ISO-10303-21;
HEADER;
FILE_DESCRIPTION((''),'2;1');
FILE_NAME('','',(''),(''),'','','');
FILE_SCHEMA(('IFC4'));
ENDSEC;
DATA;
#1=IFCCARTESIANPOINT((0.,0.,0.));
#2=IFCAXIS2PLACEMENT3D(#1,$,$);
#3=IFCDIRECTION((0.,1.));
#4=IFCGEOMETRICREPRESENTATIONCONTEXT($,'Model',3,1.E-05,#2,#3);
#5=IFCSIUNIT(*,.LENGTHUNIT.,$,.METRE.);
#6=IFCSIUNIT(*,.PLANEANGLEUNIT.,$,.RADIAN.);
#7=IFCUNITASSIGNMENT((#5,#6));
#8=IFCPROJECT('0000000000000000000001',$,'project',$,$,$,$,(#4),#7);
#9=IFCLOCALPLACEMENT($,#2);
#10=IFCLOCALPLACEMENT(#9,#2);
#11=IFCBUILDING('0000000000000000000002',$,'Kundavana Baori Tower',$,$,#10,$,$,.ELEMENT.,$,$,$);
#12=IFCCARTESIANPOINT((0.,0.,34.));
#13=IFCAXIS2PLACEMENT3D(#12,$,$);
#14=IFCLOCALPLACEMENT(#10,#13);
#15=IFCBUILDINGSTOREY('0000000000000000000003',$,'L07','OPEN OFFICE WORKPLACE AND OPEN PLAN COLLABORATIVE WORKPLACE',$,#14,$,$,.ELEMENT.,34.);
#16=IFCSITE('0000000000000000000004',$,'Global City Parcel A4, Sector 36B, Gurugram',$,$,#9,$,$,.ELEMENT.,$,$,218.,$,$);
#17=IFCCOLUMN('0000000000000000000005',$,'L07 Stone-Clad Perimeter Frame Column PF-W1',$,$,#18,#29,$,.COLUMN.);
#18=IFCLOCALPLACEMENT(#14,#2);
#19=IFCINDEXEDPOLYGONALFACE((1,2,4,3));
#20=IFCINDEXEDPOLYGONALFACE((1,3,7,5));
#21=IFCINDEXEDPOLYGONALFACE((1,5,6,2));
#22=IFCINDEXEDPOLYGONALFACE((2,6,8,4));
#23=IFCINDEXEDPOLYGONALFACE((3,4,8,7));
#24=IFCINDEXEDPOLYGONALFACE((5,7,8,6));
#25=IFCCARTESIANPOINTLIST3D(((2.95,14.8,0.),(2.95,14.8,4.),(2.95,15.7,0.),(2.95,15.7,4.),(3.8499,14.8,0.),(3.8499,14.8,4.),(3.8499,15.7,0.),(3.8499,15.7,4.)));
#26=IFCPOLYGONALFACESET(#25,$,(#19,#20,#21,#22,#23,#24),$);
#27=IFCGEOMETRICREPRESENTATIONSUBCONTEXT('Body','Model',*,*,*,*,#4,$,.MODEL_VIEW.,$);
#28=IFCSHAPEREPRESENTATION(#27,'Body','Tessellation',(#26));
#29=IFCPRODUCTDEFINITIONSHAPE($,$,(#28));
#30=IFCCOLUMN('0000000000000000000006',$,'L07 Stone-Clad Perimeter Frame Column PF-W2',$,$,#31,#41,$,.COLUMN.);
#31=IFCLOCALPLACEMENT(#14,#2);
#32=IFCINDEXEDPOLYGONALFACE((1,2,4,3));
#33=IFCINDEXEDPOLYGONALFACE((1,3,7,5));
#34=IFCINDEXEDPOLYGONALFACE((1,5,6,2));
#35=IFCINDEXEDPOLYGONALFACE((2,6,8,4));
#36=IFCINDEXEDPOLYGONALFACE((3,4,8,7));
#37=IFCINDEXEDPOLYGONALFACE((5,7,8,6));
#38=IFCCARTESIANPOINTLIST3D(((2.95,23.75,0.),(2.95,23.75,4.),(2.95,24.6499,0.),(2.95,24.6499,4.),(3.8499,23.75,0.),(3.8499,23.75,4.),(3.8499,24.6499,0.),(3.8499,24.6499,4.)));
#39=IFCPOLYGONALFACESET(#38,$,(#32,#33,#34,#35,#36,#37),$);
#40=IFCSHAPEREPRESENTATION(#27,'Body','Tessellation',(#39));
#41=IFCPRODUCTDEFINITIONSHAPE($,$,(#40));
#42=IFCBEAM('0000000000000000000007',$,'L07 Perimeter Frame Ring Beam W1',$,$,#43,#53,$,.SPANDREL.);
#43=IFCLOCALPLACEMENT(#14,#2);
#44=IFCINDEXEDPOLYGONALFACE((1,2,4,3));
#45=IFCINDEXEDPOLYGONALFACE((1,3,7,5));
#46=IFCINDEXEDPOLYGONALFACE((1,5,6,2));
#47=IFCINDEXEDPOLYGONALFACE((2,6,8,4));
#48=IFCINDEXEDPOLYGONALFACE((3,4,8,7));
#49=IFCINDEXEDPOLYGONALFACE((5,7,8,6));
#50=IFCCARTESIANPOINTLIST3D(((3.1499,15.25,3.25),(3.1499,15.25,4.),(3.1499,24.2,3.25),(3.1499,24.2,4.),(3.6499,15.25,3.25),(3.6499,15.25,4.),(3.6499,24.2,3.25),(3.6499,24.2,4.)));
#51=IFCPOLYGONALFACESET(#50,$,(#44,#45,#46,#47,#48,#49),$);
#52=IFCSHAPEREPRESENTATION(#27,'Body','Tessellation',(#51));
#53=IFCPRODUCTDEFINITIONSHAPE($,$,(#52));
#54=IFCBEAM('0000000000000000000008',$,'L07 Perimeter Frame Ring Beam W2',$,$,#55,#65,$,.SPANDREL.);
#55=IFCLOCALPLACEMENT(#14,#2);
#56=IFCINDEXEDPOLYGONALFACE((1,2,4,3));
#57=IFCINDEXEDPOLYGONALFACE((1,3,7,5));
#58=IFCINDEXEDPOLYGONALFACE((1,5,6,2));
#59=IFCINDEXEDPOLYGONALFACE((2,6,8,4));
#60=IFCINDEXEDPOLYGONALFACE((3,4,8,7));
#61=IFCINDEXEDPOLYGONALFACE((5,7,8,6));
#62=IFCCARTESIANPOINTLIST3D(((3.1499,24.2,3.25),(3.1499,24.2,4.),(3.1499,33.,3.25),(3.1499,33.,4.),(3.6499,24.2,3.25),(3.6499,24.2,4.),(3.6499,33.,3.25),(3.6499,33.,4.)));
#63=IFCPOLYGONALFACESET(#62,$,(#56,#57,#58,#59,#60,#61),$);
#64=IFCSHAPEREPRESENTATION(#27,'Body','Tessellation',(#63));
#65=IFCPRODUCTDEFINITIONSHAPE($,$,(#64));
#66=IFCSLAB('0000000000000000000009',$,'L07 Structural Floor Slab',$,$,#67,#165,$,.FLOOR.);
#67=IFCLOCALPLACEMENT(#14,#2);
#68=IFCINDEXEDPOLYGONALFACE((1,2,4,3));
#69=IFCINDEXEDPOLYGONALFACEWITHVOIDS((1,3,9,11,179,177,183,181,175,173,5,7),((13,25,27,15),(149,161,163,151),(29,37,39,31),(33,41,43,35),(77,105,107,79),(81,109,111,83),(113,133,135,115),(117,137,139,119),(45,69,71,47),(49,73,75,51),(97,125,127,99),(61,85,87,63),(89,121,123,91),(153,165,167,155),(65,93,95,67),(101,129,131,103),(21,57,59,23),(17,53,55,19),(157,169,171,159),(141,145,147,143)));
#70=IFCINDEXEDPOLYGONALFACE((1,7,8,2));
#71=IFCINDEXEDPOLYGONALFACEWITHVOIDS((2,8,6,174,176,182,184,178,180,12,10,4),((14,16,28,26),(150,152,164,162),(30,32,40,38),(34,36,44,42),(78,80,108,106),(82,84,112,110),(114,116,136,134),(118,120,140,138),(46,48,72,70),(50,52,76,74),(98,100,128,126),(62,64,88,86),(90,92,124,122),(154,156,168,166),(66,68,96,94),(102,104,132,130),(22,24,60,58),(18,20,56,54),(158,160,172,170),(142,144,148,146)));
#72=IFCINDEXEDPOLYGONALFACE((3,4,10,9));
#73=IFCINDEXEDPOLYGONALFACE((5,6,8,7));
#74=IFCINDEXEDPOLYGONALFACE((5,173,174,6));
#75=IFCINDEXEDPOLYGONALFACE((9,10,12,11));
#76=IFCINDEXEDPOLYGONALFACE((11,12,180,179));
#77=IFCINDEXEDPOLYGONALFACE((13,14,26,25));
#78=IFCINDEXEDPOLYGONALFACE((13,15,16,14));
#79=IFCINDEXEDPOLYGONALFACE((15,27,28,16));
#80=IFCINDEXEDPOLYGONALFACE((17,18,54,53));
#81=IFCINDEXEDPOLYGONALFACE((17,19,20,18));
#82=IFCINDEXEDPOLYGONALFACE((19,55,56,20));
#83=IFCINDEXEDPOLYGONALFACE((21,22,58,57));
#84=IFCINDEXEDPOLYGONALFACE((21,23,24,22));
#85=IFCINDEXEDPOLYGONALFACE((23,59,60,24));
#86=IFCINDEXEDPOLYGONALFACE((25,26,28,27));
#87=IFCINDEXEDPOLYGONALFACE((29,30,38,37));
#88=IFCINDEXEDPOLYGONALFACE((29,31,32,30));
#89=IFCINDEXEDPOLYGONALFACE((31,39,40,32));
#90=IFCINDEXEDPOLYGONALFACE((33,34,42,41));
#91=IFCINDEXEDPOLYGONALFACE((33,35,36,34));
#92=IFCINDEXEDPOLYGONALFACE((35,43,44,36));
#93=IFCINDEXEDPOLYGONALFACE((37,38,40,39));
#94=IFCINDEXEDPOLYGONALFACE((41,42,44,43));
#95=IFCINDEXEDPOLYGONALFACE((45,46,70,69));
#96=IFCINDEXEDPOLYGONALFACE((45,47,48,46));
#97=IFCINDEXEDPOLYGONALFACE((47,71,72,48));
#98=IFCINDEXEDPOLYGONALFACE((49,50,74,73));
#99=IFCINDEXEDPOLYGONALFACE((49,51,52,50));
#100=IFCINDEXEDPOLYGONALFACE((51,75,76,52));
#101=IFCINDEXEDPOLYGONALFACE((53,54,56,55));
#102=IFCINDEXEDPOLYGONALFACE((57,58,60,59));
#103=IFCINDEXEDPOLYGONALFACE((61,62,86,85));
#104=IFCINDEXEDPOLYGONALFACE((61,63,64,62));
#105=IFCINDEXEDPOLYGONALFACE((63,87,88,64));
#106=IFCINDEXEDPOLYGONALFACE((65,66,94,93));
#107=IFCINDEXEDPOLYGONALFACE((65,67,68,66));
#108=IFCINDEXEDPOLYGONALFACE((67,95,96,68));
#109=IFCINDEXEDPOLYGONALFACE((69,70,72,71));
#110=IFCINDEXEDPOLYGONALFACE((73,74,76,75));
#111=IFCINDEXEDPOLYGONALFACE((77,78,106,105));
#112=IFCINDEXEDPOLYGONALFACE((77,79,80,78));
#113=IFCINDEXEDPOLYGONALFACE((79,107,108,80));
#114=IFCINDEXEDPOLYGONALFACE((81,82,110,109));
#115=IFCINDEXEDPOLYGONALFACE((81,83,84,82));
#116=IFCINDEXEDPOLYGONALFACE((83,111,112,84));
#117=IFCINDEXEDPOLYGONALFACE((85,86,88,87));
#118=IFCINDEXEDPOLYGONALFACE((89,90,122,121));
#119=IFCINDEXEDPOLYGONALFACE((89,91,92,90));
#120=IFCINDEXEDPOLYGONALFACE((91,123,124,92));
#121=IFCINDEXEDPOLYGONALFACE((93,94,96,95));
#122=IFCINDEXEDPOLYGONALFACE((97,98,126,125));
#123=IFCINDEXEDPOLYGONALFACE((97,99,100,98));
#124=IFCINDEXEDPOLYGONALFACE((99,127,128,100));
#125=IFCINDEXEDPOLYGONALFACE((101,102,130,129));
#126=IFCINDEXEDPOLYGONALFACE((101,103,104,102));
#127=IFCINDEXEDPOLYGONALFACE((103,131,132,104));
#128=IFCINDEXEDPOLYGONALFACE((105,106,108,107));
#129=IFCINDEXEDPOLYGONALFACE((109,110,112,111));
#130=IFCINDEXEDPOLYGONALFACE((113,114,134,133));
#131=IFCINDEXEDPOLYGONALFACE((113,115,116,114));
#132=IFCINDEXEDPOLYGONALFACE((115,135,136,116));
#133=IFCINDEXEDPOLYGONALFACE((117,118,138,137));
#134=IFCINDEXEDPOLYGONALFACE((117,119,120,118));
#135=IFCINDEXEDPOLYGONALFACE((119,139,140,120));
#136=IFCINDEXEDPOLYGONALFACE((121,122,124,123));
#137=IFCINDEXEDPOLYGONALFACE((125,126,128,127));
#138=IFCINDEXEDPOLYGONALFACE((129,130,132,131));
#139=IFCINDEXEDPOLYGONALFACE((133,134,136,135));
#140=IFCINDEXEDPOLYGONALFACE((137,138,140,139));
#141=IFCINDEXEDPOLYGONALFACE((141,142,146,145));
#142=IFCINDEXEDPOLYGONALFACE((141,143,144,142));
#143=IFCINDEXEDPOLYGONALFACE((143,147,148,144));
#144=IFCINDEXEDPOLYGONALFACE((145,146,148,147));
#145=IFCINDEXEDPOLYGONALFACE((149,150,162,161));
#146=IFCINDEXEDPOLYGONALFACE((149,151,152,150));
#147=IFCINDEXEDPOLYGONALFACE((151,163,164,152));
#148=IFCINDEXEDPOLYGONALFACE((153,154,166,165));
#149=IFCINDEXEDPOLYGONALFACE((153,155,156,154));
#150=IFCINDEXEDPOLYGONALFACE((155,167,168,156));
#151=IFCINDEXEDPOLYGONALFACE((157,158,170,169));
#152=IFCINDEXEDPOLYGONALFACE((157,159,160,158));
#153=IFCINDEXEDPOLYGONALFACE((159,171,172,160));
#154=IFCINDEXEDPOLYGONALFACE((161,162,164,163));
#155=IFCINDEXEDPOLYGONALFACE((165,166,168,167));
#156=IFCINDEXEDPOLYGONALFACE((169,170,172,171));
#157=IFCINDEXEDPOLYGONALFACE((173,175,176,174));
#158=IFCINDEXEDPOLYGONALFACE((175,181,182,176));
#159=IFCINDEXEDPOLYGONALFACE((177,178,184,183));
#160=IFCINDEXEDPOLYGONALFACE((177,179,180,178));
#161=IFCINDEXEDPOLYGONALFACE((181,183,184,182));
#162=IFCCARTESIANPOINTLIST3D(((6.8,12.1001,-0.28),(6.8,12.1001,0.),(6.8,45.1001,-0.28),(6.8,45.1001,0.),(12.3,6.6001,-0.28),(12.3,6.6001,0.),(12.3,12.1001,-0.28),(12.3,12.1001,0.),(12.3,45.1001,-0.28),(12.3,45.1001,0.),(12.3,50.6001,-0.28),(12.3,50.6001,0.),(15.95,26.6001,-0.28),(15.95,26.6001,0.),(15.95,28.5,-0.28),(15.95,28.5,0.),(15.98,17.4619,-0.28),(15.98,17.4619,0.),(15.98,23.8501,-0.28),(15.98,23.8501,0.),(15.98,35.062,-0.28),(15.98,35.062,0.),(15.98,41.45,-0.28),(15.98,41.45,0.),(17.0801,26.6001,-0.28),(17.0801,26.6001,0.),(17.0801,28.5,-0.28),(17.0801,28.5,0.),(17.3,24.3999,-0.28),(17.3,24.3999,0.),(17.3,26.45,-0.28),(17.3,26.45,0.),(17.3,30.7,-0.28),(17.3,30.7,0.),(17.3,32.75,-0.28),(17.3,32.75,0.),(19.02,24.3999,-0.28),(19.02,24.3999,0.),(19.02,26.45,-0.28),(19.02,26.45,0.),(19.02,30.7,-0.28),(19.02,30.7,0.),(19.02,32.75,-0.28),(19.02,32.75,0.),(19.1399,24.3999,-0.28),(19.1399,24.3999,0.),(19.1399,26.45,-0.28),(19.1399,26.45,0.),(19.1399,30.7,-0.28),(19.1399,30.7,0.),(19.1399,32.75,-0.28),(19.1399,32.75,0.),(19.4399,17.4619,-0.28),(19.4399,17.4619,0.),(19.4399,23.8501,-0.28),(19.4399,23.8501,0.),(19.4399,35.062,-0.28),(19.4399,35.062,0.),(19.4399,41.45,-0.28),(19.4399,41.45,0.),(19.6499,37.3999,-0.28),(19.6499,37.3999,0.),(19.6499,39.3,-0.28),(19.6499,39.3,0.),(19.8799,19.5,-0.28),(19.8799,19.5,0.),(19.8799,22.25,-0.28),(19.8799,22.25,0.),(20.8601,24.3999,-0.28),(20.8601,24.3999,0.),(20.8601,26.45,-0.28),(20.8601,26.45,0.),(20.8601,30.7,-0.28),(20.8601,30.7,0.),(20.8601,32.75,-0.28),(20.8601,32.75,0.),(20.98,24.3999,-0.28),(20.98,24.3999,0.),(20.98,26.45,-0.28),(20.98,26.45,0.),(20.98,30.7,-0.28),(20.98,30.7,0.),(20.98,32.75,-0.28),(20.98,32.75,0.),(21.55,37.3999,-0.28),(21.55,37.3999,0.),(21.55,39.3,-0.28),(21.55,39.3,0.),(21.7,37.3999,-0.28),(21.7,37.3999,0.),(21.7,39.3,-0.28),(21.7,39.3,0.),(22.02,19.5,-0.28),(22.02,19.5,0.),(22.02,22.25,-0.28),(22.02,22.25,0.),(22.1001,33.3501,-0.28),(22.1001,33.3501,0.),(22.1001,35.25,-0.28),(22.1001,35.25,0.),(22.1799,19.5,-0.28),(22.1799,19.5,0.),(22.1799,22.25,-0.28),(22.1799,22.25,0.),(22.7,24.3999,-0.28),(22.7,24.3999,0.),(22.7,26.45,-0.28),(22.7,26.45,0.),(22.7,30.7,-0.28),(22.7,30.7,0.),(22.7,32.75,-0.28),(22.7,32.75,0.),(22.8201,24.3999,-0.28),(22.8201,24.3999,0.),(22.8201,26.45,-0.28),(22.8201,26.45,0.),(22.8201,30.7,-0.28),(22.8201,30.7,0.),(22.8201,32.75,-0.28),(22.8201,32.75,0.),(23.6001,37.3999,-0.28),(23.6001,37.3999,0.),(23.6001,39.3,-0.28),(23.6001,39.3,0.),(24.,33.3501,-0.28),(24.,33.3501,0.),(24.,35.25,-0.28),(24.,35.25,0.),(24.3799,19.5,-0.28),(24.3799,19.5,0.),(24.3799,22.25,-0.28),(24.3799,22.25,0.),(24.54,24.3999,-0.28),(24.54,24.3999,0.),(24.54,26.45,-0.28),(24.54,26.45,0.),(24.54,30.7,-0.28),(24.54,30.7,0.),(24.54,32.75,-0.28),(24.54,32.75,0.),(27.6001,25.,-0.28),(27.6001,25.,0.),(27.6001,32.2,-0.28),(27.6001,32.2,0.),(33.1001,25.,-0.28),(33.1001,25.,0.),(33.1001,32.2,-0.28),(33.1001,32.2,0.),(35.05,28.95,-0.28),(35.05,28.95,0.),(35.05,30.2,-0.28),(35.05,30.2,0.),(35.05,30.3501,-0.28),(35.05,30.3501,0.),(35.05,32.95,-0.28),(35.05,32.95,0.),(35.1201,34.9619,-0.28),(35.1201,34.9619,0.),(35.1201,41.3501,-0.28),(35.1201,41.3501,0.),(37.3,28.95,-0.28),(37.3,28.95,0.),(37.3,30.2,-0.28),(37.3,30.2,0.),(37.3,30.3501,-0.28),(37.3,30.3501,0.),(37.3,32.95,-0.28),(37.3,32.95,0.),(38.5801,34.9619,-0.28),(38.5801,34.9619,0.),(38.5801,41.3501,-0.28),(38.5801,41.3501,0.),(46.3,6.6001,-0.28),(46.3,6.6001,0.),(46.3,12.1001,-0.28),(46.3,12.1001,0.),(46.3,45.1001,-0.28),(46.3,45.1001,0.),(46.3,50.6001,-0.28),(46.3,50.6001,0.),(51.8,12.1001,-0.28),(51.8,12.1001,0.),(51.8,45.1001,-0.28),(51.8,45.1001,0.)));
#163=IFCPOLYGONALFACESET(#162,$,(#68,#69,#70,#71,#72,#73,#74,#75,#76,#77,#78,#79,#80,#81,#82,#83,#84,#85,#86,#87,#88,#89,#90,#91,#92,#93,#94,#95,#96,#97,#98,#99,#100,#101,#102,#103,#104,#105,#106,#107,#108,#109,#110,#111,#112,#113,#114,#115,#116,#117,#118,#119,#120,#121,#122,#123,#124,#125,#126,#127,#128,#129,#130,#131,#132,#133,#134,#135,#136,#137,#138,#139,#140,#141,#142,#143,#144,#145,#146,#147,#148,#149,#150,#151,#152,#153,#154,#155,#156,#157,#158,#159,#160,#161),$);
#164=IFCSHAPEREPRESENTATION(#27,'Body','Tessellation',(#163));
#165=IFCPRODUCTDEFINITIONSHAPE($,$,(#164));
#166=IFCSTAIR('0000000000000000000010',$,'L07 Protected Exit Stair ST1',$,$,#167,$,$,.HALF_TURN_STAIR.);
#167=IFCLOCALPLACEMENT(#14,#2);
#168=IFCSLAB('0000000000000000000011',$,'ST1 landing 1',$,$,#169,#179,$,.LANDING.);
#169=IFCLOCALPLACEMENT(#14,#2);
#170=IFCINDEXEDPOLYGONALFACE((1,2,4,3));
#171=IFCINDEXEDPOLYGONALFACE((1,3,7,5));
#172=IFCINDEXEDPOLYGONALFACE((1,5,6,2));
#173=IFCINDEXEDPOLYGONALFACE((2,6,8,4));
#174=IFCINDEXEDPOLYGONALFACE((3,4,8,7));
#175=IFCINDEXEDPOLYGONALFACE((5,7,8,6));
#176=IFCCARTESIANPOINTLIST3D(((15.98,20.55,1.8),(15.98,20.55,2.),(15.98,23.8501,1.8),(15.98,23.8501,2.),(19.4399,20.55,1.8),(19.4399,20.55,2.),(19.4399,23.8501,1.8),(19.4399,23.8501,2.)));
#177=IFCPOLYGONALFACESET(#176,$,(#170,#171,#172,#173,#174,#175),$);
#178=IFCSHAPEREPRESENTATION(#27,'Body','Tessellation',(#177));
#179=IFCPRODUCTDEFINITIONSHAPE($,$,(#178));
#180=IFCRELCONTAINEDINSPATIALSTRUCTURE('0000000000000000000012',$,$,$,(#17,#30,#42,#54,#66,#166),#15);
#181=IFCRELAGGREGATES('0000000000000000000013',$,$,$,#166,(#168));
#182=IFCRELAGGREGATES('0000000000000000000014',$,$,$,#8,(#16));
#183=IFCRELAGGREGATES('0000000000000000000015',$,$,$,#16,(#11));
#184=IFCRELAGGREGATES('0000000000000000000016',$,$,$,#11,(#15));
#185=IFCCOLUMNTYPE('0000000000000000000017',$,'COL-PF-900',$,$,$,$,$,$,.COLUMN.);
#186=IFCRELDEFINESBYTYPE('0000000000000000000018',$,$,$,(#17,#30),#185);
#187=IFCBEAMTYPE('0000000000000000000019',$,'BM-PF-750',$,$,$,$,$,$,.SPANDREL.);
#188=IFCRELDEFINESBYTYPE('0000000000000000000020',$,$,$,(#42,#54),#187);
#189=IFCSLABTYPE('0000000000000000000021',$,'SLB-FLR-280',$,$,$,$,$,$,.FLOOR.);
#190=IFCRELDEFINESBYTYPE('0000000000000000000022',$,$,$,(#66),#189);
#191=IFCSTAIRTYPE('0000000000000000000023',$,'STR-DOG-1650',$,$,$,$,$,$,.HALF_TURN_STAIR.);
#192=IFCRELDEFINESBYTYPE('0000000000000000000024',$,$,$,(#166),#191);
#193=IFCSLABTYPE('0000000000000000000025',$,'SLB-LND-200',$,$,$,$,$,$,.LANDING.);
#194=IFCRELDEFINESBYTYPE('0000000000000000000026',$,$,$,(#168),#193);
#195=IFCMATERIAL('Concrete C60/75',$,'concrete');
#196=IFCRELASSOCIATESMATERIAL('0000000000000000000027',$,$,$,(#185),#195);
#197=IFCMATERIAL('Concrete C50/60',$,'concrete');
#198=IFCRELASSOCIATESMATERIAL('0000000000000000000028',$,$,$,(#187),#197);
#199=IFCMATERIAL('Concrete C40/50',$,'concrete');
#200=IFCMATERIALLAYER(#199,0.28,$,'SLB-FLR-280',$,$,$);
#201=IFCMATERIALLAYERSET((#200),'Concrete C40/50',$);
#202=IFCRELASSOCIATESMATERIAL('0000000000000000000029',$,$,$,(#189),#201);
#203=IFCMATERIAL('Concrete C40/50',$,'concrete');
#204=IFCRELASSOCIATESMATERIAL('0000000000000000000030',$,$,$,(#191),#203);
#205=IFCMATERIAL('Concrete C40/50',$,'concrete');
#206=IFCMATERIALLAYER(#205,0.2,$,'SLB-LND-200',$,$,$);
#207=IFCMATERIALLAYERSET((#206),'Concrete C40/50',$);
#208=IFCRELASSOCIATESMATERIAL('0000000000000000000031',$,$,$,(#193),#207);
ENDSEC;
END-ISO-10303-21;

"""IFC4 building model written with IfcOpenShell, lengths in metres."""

from ifc_helpers import new_model, si_unit, direction, frame, origin, origin_2d, place, context, subcontext, project, spatial, polyline, rectangle, outline, extrude, material, layer, layer_set, material_profile, profile_set, type_object, element, aggregate, save


model = new_model("IFC4")

# Units and contexts
model_context = context("Model", 3, precision=1e-05, world=origin(), true_north=direction((0.0, 1.0)))
body_context = subcontext(model_context, "Body", "Model", "MODEL_VIEW")
ifc_project = project(units=[si_unit("LENGTHUNIT", "METRE"), si_unit("PLANEANGLEUNIT", "RADIAN")], contexts=[model_context])

# Site, building, storey
site_placement = place(None, origin())
site = spatial("IfcSite", under=ifc_project, at=site_placement, Name="Global City Parcel A4, Sector 36B, Gurugram", CompositionType="ELEMENT", RefElevation=218.0)
building_placement = place(site_placement, origin())
building = spatial("IfcBuilding", under=site, at=building_placement, Name="Kundavana Baori Tower", CompositionType="ELEMENT")
storey_placement = place(building_placement, frame((0.0, 0.0, 34.0)))
storey = spatial("IfcBuildingStorey", under=building, at=storey_placement, Name="L07", Description="OPEN OFFICE WORKPLACE AND OPEN PLAN COLLABORATIVE WORKPLACE", CompositionType="ELEMENT", Elevation=34.0)

# Columns
ifc_material_1 = material(Name="Concrete C60/75", Category="concrete")
ifc_material_profile_1 = material_profile(ifc_material_1, rectangle(XDim=0.8999, YDim=0.8999, at=origin_2d()), Name="RC PF 900x900")
ifc_profile_set_1 = profile_set([ifc_material_profile_1], Name="Concrete C60/75")
column_type = type_object("IfcColumnType", Name="COL-PF-900", PredefinedType="COLUMN", material=ifc_profile_set_1)
for number, where, z_axis, x_axis, name in (
    (1, (3.3999, 15.25, 0.0), (0.0, 0.0, 1.0), (1.0, 0.0, 0.0), "L07 Stone-Clad Perimeter Frame Column PF-W1"),
    (2, (3.3999, 24.2, 0.0), (0.0, 0.0, 1.0), (1.0, 0.0, 0.0), "L07 Stone-Clad Perimeter Frame Column PF-W2"),
):
    element("IfcColumn", number, at=place(storey_placement, frame(where, z_axis=z_axis, x_axis=x_axis)), inside=storey, type_object=column_type, Name=name, PredefinedType="COLUMN", context=body_context, shape_type="SweptSolid", body=[
        extrude(rectangle(XDim=0.8999, YDim=0.8999, at=origin_2d()), origin(), (0.0, 0.0, 1.0), 4.0),
    ])

# Beams
ifc_material_2 = material(Name="Concrete C50/60", Category="concrete")
ifc_material_profile_2 = material_profile(ifc_material_2, rectangle(XDim=0.5, YDim=0.75, at=origin_2d()), Name="RC BM 500x750")
ifc_profile_set_2 = profile_set([ifc_material_profile_2], Name="Concrete C50/60")
beam_type = type_object("IfcBeamType", Name="BM-PF-750", PredefinedType="SPANDREL", material=ifc_profile_set_2)
beam_1_placement = place(storey_placement, frame((3.3999, 15.25, 3.625), z_axis=(0.0, 1.0, 0.0), x_axis=(-1.0, 0.0, 0.0)))
element("IfcBeam", 3, at=beam_1_placement, inside=storey, type_object=beam_type, Name="L07 Perimeter Frame Ring Beam W1", PredefinedType="SPANDREL", context=body_context, shape_type="SweptSolid", body=[
    extrude(rectangle(XDim=0.5, YDim=0.75, at=origin_2d()), origin(), (0.0, 0.0, 1.0), 8.95),
])
beam_2_placement = place(storey_placement, frame((3.3999, 24.2, 3.625), z_axis=(0.0, 1.0, 0.0), x_axis=(-1.0, 0.0, 0.0)))
element("IfcBeam", 4, at=beam_2_placement, inside=storey, type_object=beam_type, Name="L07 Perimeter Frame Ring Beam W2", PredefinedType="SPANDREL", context=body_context, shape_type="SweptSolid", body=[
    extrude(rectangle(XDim=0.5, YDim=0.75, at=origin_2d()), origin(), (0.0, 0.0, 1.0), 8.8),
])

# Slab
ifc_material_3 = material(Name="Concrete C40/50", Category="concrete")
ifc_layer_1 = layer(ifc_material_3, 0.28, Name="SLB-FLR-280")
ifc_layer_set_1 = layer_set([ifc_layer_1], Name="Concrete C40/50")
slab_type_1 = type_object("IfcSlabType", Name="SLB-FLR-280", PredefinedType="FLOOR", material=ifc_layer_set_1)
slab_1_placement = place(storey_placement, frame((0.0, 0.0, -0.28)))
element("IfcSlab", 5, at=slab_1_placement, inside=storey, type_object=slab_type_1, Name="L07 Structural Floor Slab", PredefinedType="FLOOR", context=body_context, shape_type="SweptSolid", body=[
    extrude(outline(polyline([(12.3, 6.6001), (46.3, 6.6001), (46.3, 12.1001), (51.8, 12.1001), (51.8, 45.1001), (46.3, 45.1001), (46.3, 50.6001), (12.3, 50.6001), (12.3, 45.1001), (6.8, 45.1001), (6.8, 12.1001), (12.3, 12.1001), (12.3, 6.6001)]), holes=[polyline([(19.4399, 17.4619), (19.4399, 23.8501), (15.98, 23.8501), (15.98, 17.4619), (19.4399, 17.4619)]), polyline([(19.4399, 35.062), (19.4399, 41.45), (15.98, 41.45), (15.98, 35.062), (19.4399, 35.062)]), polyline([(38.5801, 34.9619), (38.5801, 41.3501), (35.1201, 41.3501), (35.1201, 34.9619), (38.5801, 34.9619)]), polyline([(17.3, 24.3999), (19.02, 24.3999), (19.02, 26.45), (17.3, 26.45), (17.3, 24.3999)]), polyline([(19.1399, 24.3999), (20.8601, 24.3999), (20.8601, 26.45), (19.1399, 26.45), (19.1399, 24.3999)]), polyline([(20.98, 24.3999), (22.7, 24.3999), (22.7, 26.45), (20.98, 26.45), (20.98, 24.3999)]), polyline([(22.8201, 24.3999), (24.54, 24.3999), (24.54, 26.45), (22.8201, 26.45), (22.8201, 24.3999)]), polyline([(17.3, 30.7), (19.02, 30.7), (19.02, 32.75), (17.3, 32.75), (17.3, 30.7)]), polyline([(19.1399, 30.7), (20.8601, 30.7), (20.8601, 32.75), (19.1399, 32.75), (19.1399, 30.7)]), polyline([(20.98, 30.7), (22.7, 30.7), (22.7, 32.75), (20.98, 32.75), (20.98, 30.7)]), polyline([(22.8201, 30.7), (24.54, 30.7), (24.54, 32.75), (22.8201, 32.75), (22.8201, 30.7)]), polyline([(19.6499, 37.3999), (21.55, 37.3999), (21.55, 39.3), (19.6499, 39.3), (19.6499, 37.3999)]), polyline([(21.7, 37.3999), (23.6001, 37.3999), (23.6001, 39.3), (21.7, 39.3), (21.7, 37.3999)]), polyline([(22.1001, 33.3501), (24.0, 33.3501), (24.0, 35.25), (22.1001, 35.25), (22.1001, 33.3501)]), polyline([(19.8799, 19.5), (22.02, 19.5), (22.02, 22.25), (19.8799, 22.25), (19.8799, 19.5)]), polyline([(22.1799, 19.5), (24.3799, 19.5), (24.3799, 22.25), (22.1799, 22.25), (22.1799, 19.5)]), polyline([(35.05, 30.3501), (37.3, 30.3501), (37.3, 32.95), (35.05, 32.95), (35.05, 30.3501)]), polyline([(15.95, 26.6001), (17.0801, 26.6001), (17.0801, 28.5), (15.95, 28.5), (15.95, 26.6001)]), polyline([(35.05, 28.95), (37.3, 28.95), (37.3, 30.2), (35.05, 30.2), (35.05, 28.95)]), polyline([(27.6001, 25.0), (33.1001, 25.0), (33.1001, 32.2), (27.6001, 32.2), (27.6001, 25.0)])]), origin(), (0.0, 0.0, 1.0), 0.28),
])

# Stair, slab
ifc_material_4 = material(Name="Concrete C40/50", Category="concrete")
stair_type = type_object("IfcStairType", Name="STR-DOG-1650", PredefinedType="HALF_TURN_STAIR", material=ifc_material_4)
stair_1_placement = place(storey_placement, origin())
stair_1 = element("IfcStair", 6, at=stair_1_placement, inside=storey, type_object=stair_type, Name="L07 Protected Exit Stair ST1", PredefinedType="HALF_TURN_STAIR")
ifc_material_5 = material(Name="Concrete C40/50", Category="concrete")
ifc_layer_2 = layer(ifc_material_5, 0.2, Name="SLB-LND-200")
ifc_layer_set_2 = layer_set([ifc_layer_2], Name="Concrete C40/50")
slab_type_2 = type_object("IfcSlabType", Name="SLB-LND-200", PredefinedType="LANDING", material=ifc_layer_set_2)
slab_2_placement = place(storey_placement, frame((0.0, 0.0, 1.8)))
slab_2 = element("IfcSlab", 7, at=slab_2_placement, type_object=slab_type_2, Name="ST1 landing 1", PredefinedType="LANDING", context=body_context, shape_type="SweptSolid", body=[
    extrude(outline(polyline([(19.4399, 20.55), (19.4399, 23.8501), (15.98, 23.8501), (15.98, 20.55), (19.4399, 20.55)])), origin(), (0.0, 0.0, 1.0), 0.2),
])
aggregate(stair_1, [slab_2])

save(model, "model.ifc")
